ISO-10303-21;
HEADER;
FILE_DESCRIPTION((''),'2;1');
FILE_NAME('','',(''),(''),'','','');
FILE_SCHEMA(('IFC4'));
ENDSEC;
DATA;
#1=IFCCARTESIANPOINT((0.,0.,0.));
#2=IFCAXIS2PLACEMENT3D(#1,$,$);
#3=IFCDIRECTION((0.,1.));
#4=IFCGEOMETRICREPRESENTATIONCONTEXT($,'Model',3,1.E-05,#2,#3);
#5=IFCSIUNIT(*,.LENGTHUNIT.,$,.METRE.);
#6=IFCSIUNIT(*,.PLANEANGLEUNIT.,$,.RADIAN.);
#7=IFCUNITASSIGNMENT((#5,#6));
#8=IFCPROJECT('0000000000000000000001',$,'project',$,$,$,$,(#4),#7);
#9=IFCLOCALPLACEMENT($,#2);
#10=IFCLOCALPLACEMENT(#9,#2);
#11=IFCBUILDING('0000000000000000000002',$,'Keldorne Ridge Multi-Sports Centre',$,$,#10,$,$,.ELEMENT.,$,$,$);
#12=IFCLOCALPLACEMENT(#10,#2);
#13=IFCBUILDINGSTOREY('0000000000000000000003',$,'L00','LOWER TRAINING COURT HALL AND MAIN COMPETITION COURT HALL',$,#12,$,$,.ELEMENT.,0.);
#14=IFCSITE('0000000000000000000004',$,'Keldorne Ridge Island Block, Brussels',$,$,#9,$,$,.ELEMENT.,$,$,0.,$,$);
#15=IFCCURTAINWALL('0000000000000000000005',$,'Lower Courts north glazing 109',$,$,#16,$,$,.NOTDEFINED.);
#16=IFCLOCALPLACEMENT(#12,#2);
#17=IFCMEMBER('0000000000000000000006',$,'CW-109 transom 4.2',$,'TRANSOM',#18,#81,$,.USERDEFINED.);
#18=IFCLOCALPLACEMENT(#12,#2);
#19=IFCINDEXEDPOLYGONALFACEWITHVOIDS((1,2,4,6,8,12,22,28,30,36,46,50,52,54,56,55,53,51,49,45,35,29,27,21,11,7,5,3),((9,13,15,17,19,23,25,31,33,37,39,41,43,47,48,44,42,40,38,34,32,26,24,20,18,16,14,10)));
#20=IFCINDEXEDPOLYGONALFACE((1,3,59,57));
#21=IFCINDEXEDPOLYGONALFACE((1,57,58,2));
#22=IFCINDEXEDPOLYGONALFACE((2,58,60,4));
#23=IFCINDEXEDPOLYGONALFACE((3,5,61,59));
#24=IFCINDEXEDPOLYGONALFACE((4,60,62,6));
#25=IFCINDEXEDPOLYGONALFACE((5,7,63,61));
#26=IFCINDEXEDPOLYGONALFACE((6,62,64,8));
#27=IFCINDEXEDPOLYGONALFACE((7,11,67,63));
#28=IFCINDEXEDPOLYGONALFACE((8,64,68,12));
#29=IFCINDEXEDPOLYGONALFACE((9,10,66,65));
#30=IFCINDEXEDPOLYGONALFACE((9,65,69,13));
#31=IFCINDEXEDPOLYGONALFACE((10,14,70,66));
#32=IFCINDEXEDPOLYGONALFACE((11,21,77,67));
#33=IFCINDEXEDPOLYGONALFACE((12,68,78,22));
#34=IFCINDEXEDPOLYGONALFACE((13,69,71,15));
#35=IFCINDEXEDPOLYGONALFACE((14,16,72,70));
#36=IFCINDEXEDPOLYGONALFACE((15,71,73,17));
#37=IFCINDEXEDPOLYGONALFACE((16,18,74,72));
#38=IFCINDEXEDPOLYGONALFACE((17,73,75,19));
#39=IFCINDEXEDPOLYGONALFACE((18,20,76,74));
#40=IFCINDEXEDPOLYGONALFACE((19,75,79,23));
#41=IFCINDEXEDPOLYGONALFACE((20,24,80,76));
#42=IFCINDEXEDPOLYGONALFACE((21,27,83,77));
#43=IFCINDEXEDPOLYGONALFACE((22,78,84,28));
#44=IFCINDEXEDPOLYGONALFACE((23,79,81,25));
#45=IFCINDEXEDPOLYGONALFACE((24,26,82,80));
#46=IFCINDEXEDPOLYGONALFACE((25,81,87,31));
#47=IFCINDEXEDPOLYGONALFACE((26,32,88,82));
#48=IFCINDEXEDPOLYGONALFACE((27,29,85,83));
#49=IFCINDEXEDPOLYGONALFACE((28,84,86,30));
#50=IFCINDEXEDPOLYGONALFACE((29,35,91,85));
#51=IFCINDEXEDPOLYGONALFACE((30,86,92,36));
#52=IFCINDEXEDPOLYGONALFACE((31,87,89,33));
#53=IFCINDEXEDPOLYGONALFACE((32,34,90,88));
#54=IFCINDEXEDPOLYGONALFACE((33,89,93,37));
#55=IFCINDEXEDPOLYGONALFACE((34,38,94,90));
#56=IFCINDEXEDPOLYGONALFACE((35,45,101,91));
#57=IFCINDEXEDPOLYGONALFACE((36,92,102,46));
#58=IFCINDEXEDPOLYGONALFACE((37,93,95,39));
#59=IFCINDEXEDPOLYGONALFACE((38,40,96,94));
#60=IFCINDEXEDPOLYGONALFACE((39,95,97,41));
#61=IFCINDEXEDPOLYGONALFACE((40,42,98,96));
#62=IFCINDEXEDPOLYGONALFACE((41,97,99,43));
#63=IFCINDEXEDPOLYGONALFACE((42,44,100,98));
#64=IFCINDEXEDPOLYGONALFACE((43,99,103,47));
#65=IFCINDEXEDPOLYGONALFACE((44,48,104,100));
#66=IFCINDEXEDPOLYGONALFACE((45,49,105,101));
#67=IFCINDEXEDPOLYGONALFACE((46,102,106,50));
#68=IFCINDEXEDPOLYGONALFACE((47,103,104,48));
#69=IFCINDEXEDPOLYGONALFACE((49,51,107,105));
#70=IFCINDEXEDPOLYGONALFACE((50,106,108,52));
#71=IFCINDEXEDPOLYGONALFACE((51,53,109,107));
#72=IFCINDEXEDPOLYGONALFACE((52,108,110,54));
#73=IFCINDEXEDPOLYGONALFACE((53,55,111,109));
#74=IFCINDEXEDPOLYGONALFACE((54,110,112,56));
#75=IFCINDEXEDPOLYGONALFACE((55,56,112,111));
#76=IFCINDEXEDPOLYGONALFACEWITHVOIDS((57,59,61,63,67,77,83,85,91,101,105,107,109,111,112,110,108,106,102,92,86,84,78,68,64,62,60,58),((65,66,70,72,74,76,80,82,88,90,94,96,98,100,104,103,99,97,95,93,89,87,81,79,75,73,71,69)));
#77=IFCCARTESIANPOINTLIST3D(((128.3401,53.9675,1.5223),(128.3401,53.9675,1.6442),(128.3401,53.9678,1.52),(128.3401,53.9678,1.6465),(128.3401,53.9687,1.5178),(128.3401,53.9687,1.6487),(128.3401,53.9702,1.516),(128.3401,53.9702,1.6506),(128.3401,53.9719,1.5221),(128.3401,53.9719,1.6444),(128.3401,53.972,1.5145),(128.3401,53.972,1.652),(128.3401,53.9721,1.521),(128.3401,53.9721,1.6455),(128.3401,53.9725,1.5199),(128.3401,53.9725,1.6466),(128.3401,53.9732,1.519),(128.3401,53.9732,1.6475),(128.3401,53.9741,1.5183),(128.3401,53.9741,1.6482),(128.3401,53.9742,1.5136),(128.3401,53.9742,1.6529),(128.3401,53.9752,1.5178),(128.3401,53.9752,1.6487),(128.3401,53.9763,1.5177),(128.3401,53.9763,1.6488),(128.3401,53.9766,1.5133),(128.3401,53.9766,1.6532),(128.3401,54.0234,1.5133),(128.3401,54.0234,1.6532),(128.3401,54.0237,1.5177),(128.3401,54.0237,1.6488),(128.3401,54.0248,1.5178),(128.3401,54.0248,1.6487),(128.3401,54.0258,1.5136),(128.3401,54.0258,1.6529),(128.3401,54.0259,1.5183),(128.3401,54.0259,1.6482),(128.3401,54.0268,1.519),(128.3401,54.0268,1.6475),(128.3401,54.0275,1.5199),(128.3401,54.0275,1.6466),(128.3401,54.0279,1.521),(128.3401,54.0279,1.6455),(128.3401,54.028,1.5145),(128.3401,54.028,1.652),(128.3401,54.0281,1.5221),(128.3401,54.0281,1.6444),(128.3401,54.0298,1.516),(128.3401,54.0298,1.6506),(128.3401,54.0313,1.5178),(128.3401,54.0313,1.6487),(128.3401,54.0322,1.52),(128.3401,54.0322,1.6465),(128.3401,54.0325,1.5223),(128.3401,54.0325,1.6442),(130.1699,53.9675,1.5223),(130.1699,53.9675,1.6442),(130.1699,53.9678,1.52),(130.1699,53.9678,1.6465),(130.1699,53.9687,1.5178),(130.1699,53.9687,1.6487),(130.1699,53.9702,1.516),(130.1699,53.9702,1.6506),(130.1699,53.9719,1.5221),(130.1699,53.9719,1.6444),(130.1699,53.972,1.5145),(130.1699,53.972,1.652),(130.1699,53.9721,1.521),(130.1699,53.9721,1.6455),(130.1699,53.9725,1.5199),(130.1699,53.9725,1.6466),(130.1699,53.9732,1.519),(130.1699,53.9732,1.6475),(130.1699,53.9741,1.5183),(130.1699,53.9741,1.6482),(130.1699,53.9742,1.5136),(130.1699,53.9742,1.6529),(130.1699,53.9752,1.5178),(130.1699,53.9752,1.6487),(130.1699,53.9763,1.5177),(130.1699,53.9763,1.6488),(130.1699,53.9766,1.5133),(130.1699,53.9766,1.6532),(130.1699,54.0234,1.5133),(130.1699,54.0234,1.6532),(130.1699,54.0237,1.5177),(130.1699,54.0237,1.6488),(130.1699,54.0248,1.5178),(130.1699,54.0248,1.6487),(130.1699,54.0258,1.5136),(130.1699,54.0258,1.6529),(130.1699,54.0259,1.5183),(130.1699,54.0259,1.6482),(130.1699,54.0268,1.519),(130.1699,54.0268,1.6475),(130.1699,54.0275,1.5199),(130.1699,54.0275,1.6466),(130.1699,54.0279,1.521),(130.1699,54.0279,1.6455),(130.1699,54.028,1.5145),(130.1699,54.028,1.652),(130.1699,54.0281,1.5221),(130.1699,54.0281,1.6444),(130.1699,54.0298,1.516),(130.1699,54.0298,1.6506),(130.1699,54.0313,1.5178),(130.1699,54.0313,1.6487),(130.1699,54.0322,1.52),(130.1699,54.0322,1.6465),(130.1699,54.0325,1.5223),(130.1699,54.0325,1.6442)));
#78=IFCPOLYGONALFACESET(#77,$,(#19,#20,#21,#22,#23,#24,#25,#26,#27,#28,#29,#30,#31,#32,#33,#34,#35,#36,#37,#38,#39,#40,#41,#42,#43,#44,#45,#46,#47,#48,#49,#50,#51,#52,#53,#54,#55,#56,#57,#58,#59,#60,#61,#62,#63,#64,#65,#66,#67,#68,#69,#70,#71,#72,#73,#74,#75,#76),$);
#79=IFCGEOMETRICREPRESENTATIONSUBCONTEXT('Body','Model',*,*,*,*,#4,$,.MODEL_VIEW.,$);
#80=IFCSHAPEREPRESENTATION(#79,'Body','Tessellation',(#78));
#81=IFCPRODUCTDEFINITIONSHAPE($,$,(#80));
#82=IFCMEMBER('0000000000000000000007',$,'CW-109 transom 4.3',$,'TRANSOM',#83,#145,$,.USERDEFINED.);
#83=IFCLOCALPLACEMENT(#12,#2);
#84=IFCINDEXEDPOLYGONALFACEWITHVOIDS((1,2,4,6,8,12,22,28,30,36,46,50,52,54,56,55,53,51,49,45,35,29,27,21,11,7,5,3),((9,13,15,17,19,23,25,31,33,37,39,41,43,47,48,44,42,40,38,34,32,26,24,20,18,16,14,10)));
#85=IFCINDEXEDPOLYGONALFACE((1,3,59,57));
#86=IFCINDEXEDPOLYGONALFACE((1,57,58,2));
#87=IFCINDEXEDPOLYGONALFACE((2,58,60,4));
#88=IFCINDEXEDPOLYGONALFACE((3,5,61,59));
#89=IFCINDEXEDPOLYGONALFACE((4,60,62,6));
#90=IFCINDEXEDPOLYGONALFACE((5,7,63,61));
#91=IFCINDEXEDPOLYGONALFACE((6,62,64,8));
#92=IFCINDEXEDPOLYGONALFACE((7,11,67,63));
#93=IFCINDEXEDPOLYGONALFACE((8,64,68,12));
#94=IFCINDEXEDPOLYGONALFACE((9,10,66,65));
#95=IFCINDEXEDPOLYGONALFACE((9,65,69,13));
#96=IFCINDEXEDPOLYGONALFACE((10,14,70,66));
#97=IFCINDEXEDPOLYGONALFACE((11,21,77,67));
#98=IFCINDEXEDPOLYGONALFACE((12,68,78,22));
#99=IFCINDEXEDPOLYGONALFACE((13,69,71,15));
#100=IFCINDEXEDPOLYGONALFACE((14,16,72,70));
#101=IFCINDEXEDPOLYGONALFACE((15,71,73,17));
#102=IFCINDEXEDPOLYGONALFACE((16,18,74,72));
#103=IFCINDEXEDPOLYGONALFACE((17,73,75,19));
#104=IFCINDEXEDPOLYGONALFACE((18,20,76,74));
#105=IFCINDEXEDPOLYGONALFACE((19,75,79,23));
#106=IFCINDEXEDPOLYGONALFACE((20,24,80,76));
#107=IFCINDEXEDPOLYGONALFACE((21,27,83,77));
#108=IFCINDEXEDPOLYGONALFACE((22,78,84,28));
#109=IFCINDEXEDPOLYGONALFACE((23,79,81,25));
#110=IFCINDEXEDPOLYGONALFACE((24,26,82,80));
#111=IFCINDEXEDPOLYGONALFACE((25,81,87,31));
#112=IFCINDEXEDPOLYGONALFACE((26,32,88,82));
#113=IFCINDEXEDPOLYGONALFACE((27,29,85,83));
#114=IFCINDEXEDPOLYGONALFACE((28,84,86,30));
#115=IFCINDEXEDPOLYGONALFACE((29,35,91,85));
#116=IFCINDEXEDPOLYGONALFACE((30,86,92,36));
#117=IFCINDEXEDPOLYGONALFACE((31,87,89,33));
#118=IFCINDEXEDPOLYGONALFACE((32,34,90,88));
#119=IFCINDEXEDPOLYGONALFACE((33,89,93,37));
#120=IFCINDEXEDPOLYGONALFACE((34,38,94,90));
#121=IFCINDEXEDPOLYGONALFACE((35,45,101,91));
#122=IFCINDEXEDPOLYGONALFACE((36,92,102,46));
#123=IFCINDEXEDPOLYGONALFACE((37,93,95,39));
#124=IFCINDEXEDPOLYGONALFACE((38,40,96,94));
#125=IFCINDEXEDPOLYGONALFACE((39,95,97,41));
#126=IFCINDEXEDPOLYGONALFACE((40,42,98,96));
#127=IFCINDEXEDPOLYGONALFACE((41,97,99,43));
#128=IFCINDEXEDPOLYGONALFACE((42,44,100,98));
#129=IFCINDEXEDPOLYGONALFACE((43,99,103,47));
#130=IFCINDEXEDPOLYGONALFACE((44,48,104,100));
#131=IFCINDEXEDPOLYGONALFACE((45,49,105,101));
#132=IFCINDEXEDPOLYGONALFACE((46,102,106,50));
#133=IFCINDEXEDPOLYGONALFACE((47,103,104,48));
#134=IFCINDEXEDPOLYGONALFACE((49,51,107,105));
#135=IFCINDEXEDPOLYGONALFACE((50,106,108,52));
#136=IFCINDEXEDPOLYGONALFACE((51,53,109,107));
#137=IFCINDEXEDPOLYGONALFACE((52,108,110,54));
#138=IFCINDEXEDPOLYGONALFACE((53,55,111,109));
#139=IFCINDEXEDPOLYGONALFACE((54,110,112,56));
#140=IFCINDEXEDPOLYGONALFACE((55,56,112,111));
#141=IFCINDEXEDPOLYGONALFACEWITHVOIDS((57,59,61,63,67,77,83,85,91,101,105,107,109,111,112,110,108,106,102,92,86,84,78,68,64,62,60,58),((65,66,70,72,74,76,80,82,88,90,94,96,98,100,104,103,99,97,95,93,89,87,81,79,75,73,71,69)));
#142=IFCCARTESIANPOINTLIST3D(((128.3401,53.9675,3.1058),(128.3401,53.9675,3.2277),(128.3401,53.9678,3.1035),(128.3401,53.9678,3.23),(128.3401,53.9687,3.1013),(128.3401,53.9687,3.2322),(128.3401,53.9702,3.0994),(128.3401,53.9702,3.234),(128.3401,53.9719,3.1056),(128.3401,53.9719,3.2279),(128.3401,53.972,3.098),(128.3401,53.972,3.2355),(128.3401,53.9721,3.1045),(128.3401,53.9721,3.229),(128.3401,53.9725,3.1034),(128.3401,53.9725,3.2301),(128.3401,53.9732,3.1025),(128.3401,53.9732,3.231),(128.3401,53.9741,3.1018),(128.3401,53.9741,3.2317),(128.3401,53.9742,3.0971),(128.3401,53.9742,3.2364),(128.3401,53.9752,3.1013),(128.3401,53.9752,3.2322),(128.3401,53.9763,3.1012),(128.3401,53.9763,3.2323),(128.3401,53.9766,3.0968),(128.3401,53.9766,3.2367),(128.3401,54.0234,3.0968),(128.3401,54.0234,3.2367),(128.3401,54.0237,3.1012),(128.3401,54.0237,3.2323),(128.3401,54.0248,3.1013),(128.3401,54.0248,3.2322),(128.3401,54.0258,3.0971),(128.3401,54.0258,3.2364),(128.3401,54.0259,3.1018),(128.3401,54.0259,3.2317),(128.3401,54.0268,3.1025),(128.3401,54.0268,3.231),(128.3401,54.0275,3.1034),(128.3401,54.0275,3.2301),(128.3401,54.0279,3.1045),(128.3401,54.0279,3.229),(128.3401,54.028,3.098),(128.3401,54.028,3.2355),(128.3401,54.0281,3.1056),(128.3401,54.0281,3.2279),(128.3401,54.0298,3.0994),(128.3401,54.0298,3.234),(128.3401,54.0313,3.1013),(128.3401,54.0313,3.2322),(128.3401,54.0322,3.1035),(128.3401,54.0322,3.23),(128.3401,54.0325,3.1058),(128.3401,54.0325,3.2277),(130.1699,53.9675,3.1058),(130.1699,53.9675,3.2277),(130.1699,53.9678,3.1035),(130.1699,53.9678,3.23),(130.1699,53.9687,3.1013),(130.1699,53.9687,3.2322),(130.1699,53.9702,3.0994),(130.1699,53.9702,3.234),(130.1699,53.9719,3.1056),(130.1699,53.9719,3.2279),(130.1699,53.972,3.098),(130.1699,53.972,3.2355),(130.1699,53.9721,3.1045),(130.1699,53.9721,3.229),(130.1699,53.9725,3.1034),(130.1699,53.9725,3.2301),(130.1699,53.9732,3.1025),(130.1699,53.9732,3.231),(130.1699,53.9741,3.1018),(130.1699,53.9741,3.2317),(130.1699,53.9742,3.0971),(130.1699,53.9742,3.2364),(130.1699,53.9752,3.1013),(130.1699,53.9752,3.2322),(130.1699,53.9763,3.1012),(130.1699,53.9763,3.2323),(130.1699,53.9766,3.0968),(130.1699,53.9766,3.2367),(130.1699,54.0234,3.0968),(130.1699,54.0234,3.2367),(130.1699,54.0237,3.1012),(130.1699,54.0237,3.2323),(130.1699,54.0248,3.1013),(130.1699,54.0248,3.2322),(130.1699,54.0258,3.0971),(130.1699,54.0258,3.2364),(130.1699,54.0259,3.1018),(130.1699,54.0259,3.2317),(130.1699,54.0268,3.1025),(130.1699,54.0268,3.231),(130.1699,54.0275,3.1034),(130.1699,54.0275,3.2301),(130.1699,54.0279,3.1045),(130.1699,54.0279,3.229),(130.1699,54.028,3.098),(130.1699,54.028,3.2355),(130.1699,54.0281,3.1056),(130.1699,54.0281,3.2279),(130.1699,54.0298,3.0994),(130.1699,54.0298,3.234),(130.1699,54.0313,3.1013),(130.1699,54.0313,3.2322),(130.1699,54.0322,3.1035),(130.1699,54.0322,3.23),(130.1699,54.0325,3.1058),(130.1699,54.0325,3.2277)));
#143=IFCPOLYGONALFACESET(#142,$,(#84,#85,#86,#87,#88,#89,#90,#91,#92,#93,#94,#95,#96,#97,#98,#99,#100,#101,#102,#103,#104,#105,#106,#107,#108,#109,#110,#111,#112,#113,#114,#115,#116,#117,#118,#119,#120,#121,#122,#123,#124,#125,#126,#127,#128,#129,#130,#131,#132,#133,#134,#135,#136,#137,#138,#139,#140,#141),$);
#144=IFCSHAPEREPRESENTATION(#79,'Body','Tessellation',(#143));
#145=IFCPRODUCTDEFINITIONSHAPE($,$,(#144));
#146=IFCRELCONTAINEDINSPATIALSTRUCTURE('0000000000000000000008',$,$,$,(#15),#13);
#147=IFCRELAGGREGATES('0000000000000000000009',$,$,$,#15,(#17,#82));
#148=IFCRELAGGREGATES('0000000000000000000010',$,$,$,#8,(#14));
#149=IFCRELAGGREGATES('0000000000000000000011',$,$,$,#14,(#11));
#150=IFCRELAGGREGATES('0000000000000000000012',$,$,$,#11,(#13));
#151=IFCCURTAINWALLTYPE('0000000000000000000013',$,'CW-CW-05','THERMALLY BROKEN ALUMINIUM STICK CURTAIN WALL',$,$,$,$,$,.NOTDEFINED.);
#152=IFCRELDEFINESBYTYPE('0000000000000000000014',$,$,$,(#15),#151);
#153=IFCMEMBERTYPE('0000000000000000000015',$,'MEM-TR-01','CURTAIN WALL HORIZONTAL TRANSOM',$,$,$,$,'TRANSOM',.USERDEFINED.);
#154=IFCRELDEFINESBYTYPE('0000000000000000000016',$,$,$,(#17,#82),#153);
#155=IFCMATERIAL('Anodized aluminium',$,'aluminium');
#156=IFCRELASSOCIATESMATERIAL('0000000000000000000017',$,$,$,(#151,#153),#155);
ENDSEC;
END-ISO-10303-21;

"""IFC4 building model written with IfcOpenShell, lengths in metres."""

from ifc_helpers import new_model, si_unit, direction, frame, origin, origin_2d, place, context, subcontext, project, spatial, hollow_rectangle, extrude, material, material_profile, profile_set, type_object, element, aggregate, save


model = new_model("IFC4")

# Units and contexts
model_context = context("Model", 3, precision=1e-05, world=origin(), true_north=direction((0.0, 1.0)))
body_context = subcontext(model_context, "Body", "Model", "MODEL_VIEW")
ifc_project = project(units=[si_unit("LENGTHUNIT", "METRE"), si_unit("PLANEANGLEUNIT", "RADIAN")], contexts=[model_context])

# Site, building, storey
site_placement = place(None, origin())
site = spatial("IfcSite", under=ifc_project, at=site_placement, Name="Keldorne Ridge Island Block, Brussels", CompositionType="ELEMENT", RefElevation=0.0)
building_placement = place(site_placement, origin())
building = spatial("IfcBuilding", under=site, at=building_placement, Name="Keldorne Ridge Multi-Sports Centre", CompositionType="ELEMENT")
storey_placement = place(building_placement, origin())
storey = spatial("IfcBuildingStorey", under=building, at=storey_placement, Name="L00", Description="LOWER TRAINING COURT HALL AND MAIN COMPETITION COURT HALL", CompositionType="ELEMENT", Elevation=0.0)

# Curtain wall, members
ifc_material_1 = material(Name="Anodized aluminium", Category="aluminium")
curtain_wall_type = type_object("IfcCurtainWallType", Name="CW-CW-05", Description="THERMALLY BROKEN ALUMINIUM STICK CURTAIN WALL", PredefinedType="NOTDEFINED", material=ifc_material_1)
curtain_wall_placement = place(storey_placement, origin())
curtain_wall = element("IfcCurtainWall", 1, at=curtain_wall_placement, inside=storey, type_object=curtain_wall_type, Name="Lower Courts north glazing 109", PredefinedType="NOTDEFINED")
ifc_material_profile_1 = material_profile(ifc_material_1, hollow_rectangle(XDim=0.0649, YDim=0.1399, WallThickness=0.0044, InnerFilletRadius=0.0044, OuterFilletRadius=0.009, at=origin_2d()), Name="ALU TRANSOM 140x65x4.5")
ifc_profile_set_1 = profile_set([ifc_material_profile_1], Name="Anodized aluminium")
member_type_1 = type_object("IfcMemberType", Name="MEM-TR-01", Description="CURTAIN WALL HORIZONTAL TRANSOM", ElementType="TRANSOM", PredefinedType="USERDEFINED", material=ifc_profile_set_1)
member_1_placement = place(storey_placement, frame((130.1699, 54.0, 1.5833), z_axis=(-1.0, 0.0, 0.0), x_axis=(0.0, -1.0, 0.0)))
member_1 = element("IfcMember", 2, at=member_1_placement, type_object=member_type_1, Name="CW-109 transom 4.2", ObjectType="TRANSOM", PredefinedType="USERDEFINED", context=body_context, shape_type="SweptSolid", body=[
    extrude(hollow_rectangle(XDim=0.0649, YDim=0.1399, WallThickness=0.0044, InnerFilletRadius=0.0044, OuterFilletRadius=0.009, at=origin_2d()), origin(), (0.0, 0.0, 1.0), 1.8298),
])
member_2_placement = place(storey_placement, frame((130.1699, 54.0, 3.1667), z_axis=(-1.0, 0.0, 0.0), x_axis=(0.0, -1.0, 0.0)))
member_2 = element("IfcMember", 3, at=member_2_placement, type_object=member_type_1, Name="CW-109 transom 4.3", ObjectType="TRANSOM", PredefinedType="USERDEFINED", context=body_context, shape_type="SweptSolid", body=[
    extrude(hollow_rectangle(XDim=0.0649, YDim=0.1399, WallThickness=0.0044, InnerFilletRadius=0.0044, OuterFilletRadius=0.009, at=origin_2d()), origin(), (0.0, 0.0, 1.0), 1.8298),
])
aggregate(curtain_wall, [member_1, member_2])

save(model, "model.ifc")
